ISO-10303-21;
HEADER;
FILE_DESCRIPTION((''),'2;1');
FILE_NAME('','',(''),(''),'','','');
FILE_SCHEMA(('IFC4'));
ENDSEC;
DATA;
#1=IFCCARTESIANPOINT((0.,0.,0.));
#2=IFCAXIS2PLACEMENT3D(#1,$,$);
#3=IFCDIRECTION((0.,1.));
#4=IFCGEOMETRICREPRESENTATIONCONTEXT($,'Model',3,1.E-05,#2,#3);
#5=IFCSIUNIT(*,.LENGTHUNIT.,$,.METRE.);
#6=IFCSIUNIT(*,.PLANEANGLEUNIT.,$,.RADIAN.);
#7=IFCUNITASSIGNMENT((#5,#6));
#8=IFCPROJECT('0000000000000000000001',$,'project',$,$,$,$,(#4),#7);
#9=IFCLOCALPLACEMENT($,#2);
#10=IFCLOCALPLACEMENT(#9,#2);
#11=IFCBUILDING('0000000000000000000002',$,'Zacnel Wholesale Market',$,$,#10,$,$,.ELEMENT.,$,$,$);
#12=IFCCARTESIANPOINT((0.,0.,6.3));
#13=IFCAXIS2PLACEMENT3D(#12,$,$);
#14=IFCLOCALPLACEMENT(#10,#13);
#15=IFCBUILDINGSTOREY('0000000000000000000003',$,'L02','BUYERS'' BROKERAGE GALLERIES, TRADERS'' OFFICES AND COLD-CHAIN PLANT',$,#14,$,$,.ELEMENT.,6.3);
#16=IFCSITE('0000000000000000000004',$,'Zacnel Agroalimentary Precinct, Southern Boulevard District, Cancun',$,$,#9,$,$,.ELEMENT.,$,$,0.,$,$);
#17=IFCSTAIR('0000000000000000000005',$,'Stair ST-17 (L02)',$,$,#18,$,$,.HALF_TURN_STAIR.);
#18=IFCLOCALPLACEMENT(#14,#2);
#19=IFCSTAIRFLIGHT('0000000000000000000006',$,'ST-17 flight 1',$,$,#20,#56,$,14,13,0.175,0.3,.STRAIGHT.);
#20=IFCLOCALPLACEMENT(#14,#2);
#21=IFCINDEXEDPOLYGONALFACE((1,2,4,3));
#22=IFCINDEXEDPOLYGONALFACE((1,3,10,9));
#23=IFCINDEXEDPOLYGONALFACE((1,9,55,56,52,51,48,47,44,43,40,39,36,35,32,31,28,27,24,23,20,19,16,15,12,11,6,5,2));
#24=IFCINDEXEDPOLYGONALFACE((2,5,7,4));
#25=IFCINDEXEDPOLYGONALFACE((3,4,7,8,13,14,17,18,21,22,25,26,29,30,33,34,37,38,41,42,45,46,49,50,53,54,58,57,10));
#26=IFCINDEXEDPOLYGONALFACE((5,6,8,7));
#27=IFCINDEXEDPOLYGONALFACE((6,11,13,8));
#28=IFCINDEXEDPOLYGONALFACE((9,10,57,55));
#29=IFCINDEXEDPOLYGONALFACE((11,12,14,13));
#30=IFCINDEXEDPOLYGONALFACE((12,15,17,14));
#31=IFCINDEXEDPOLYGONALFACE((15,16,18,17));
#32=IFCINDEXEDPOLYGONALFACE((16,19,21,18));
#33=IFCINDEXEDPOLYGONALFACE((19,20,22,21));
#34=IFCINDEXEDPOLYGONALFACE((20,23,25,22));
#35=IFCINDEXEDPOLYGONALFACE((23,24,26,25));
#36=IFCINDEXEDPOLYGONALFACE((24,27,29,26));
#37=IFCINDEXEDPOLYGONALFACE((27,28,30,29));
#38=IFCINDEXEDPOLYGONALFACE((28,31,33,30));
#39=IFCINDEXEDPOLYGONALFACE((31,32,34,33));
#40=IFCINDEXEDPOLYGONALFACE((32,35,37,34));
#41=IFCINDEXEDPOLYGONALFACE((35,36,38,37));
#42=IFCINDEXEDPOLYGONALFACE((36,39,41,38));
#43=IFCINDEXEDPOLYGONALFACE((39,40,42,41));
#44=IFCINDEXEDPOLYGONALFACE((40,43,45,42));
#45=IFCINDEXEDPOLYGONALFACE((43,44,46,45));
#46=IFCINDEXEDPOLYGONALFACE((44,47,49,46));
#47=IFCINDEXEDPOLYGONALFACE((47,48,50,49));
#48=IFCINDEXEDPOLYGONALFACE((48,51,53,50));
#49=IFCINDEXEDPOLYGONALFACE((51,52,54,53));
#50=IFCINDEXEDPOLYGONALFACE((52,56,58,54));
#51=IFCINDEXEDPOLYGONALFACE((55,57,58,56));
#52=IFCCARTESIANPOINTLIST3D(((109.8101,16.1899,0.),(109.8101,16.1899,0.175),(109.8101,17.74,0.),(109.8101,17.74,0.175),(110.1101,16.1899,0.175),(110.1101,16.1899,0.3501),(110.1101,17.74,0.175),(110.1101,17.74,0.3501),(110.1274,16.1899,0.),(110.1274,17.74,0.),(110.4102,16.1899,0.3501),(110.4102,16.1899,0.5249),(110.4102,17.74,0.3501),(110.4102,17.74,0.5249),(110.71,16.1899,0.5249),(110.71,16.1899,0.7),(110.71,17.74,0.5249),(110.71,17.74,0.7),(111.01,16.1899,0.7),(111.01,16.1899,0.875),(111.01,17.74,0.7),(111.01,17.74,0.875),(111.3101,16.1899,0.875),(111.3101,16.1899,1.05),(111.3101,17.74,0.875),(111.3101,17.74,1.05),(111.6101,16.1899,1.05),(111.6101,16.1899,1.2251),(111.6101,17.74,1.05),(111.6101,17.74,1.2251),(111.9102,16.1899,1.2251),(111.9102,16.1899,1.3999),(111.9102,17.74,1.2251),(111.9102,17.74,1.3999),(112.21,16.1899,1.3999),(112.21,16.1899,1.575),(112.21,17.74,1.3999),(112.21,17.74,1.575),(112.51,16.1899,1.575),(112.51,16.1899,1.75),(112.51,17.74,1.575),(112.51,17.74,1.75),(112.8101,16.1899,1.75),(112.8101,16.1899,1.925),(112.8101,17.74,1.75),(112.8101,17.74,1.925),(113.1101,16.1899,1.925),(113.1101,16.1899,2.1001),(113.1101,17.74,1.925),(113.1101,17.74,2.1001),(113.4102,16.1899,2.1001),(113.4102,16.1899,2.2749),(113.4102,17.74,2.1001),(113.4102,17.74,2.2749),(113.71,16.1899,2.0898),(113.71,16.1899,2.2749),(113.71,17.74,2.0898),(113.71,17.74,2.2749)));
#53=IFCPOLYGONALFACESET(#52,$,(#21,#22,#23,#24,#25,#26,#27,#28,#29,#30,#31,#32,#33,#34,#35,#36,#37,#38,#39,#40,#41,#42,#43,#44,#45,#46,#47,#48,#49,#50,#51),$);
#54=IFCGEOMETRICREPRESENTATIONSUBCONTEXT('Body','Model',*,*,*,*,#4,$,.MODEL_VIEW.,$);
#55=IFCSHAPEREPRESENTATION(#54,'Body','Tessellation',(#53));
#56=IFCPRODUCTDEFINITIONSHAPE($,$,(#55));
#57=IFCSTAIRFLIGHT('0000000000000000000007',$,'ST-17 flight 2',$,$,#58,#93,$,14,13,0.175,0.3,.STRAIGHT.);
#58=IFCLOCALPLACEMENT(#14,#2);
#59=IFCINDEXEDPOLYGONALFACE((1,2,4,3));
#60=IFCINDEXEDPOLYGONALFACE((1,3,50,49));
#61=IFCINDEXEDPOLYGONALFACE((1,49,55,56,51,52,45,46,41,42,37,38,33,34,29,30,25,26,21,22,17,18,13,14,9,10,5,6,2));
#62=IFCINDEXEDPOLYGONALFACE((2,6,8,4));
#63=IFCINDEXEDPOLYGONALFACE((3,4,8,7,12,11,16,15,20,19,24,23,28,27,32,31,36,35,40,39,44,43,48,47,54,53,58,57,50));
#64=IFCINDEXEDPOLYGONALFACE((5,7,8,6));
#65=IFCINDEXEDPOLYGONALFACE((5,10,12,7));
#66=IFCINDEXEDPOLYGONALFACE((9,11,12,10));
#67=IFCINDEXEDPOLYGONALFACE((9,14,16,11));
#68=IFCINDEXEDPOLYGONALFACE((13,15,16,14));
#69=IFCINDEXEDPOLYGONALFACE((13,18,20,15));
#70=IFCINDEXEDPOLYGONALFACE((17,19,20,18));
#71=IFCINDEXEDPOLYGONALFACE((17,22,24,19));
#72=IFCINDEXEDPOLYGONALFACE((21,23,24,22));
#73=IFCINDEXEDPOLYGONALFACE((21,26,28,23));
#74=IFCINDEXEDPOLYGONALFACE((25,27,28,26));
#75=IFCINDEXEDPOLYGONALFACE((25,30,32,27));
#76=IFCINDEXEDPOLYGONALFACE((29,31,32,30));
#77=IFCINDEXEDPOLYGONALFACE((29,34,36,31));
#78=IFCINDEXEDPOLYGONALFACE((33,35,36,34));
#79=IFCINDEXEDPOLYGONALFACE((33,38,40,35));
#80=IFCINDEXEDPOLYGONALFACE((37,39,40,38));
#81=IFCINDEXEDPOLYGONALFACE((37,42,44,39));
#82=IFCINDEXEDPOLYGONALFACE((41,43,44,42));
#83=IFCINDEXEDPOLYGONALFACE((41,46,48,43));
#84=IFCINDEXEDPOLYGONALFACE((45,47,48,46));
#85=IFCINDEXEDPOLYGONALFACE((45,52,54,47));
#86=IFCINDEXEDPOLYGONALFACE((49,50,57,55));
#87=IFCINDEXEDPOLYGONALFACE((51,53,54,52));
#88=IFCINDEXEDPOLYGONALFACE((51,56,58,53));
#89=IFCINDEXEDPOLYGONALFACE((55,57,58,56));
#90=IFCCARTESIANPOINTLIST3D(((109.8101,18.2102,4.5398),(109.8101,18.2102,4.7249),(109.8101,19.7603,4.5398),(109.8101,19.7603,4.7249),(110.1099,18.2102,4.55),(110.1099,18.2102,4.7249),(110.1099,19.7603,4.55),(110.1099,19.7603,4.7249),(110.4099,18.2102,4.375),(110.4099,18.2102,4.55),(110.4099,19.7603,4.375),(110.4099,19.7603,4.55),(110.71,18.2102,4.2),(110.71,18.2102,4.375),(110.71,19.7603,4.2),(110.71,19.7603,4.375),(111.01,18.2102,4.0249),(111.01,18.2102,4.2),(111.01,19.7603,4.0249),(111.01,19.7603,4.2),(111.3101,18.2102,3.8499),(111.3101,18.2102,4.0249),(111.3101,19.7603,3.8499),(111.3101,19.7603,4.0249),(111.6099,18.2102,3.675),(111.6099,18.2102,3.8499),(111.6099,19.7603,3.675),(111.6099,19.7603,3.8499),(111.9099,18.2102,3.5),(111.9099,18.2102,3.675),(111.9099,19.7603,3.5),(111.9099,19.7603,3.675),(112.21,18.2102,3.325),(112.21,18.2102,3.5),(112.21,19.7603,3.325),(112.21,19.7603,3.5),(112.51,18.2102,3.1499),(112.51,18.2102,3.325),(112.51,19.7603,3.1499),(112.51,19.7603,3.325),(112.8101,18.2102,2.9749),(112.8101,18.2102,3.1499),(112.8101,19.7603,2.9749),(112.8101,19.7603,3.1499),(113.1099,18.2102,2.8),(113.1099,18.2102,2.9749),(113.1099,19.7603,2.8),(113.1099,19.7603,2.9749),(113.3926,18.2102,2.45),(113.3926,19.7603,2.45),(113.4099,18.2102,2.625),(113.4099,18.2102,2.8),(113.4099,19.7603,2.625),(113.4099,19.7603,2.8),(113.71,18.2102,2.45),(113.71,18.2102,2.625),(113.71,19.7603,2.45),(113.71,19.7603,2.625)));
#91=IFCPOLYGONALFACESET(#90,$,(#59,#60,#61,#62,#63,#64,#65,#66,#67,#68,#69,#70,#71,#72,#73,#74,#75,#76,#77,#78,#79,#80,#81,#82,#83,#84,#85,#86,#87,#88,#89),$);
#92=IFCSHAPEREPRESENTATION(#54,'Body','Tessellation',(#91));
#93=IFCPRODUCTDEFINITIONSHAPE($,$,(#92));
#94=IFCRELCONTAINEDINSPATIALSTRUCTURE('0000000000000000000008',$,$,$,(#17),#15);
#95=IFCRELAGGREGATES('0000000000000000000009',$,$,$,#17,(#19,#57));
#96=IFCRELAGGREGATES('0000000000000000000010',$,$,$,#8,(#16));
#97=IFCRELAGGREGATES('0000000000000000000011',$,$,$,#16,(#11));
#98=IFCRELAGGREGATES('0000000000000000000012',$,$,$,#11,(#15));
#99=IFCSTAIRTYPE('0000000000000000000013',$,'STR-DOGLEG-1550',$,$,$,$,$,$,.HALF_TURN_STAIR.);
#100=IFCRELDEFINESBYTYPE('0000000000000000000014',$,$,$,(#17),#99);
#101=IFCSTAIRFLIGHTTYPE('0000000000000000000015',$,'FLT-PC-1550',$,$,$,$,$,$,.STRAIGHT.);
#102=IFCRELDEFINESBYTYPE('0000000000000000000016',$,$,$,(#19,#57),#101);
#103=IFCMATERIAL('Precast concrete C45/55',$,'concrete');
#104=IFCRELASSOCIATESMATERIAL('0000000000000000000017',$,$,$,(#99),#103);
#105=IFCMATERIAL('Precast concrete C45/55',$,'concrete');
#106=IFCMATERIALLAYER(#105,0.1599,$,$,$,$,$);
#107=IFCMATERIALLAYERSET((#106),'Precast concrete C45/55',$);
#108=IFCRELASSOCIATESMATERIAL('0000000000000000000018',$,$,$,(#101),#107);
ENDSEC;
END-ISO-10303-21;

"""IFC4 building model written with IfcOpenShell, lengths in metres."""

from ifc_helpers import new_model, si_unit, direction, frame, origin, place, context, subcontext, project, spatial, polyline, outline, extrude, material, layer, layer_set, type_object, element, aggregate, save


model = new_model("IFC4")

# Units and contexts
model_context = context("Model", 3, precision=1e-05, world=origin(), true_north=direction((0.0, 1.0)))
body_context = subcontext(model_context, "Body", "Model", "MODEL_VIEW")
ifc_project = project(units=[si_unit("LENGTHUNIT", "METRE"), si_unit("PLANEANGLEUNIT", "RADIAN")], contexts=[model_context])

# Site, building, storey
site_placement = place(None, origin())
site = spatial("IfcSite", under=ifc_project, at=site_placement, Name="Zacnel Agroalimentary Precinct, Southern Boulevard District, Cancun", CompositionType="ELEMENT", RefElevation=0.0)
building_placement = place(site_placement, origin())
building = spatial("IfcBuilding", under=site, at=building_placement, Name="Zacnel Wholesale Market", CompositionType="ELEMENT")
storey_placement = place(building_placement, frame((0.0, 0.0, 6.3)))
storey = spatial("IfcBuildingStorey", under=building, at=storey_placement, Name="L02", Description="BUYERS' BROKERAGE GALLERIES, TRADERS' OFFICES AND COLD-CHAIN PLANT", CompositionType="ELEMENT", Elevation=6.3)

# Stair, stair flights
ifc_material_1 = material(Name="Precast concrete C45/55", Category="concrete")
stair_type = type_object("IfcStairType", Name="STR-DOGLEG-1550", PredefinedType="HALF_TURN_STAIR", material=ifc_material_1)
stair_placement = place(storey_placement, origin())
stair = element("IfcStair", 1, at=stair_placement, inside=storey, type_object=stair_type, Name="Stair ST-17 (L02)", PredefinedType="HALF_TURN_STAIR")
ifc_material_2 = material(Name="Precast concrete C45/55", Category="concrete")
ifc_layer_1 = layer(ifc_material_2, 0.1599)
ifc_layer_set_1 = layer_set([ifc_layer_1], Name="Precast concrete C45/55")
stair_flight_type = type_object("IfcStairFlightType", Name="FLT-PC-1550", PredefinedType="STRAIGHT", material=ifc_layer_set_1)
stair_flight_1_placement = place(storey_placement, frame((109.8101, 16.9651, 0.0), z_axis=(0.0, 0.0, 1.0), x_axis=(1.0, 0.0, 0.0)))
stair_flight_1 = element("IfcStairFlight", 2, at=stair_flight_1_placement, type_object=stair_flight_type, Name="ST-17 flight 1", NumberOfRisers=14, NumberOfTreads=13, PredefinedType="STRAIGHT", RiserHeight=0.175, TreadLength=0.3, context=body_context, shape_type="SweptSolid", body=[
    extrude(outline(polyline([(0.0, 0.0), (0.0, 0.175), (0.3, 0.175), (0.3, 0.3501), (0.6001, 0.3501), (0.6001, 0.5249), (0.8999, 0.5249), (0.8999, 0.7), (1.2, 0.7), (1.2, 0.875), (1.5, 0.875), (1.5, 1.05), (1.8, 1.05), (1.8, 1.2251), (2.1001, 1.2251), (2.1001, 1.3999), (2.3999, 1.3999), (2.3999, 1.575), (2.7, 1.575), (2.7, 1.75), (3.0, 1.75), (3.0, 1.925), (3.3, 1.925), (3.3, 2.1001), (3.6001, 2.1001), (3.6001, 2.2749), (3.8999, 2.2749), (3.8999, 2.45), (3.8999, 2.0898), (0.3174, 0.0), (0.0, 0.0)])), frame((0.0, 0.7749, 0.0), z_axis=(0.0, -1.0, 0.0), x_axis=(1.0, 0.0, 0.0)), (0.0, 0.0, 1.0), 1.55),
])
stair_flight_2_placement = place(storey_placement, frame((113.71, 18.9851, 2.45), z_axis=(0.0, 0.0, 1.0), x_axis=(-1.0, 0.0, 0.0)))
stair_flight_2 = element("IfcStairFlight", 3, at=stair_flight_2_placement, type_object=stair_flight_type, Name="ST-17 flight 2", NumberOfRisers=14, NumberOfTreads=13, PredefinedType="STRAIGHT", RiserHeight=0.175, TreadLength=0.3, context=body_context, shape_type="SweptSolid", body=[
    extrude(outline(polyline([(0.0, 0.0), (0.0, 0.175), (0.3, 0.175), (0.3, 0.3501), (0.6001, 0.3501), (0.6001, 0.5249), (0.8999, 0.5249), (0.8999, 0.7), (1.2, 0.7), (1.2, 0.875), (1.5, 0.875), (1.5, 1.05), (1.8, 1.05), (1.8, 1.2251), (2.1001, 1.2251), (2.1001, 1.3999), (2.3999, 1.3999), (2.3999, 1.575), (2.7, 1.575), (2.7, 1.75), (3.0, 1.75), (3.0, 1.925), (3.3, 1.925), (3.3, 2.1001), (3.6001, 2.1001), (3.6001, 2.2749), (3.8999, 2.2749), (3.8999, 2.45), (3.8999, 2.0898), (0.3174, 0.0), (0.0, 0.0)])), frame((0.0, 0.7749, 0.0), z_axis=(0.0, -1.0, 0.0), x_axis=(1.0, 0.0, 0.0)), (0.0, 0.0, 1.0), 1.55),
])
aggregate(stair, [stair_flight_1, stair_flight_2])

save(model, "model.ifc")
